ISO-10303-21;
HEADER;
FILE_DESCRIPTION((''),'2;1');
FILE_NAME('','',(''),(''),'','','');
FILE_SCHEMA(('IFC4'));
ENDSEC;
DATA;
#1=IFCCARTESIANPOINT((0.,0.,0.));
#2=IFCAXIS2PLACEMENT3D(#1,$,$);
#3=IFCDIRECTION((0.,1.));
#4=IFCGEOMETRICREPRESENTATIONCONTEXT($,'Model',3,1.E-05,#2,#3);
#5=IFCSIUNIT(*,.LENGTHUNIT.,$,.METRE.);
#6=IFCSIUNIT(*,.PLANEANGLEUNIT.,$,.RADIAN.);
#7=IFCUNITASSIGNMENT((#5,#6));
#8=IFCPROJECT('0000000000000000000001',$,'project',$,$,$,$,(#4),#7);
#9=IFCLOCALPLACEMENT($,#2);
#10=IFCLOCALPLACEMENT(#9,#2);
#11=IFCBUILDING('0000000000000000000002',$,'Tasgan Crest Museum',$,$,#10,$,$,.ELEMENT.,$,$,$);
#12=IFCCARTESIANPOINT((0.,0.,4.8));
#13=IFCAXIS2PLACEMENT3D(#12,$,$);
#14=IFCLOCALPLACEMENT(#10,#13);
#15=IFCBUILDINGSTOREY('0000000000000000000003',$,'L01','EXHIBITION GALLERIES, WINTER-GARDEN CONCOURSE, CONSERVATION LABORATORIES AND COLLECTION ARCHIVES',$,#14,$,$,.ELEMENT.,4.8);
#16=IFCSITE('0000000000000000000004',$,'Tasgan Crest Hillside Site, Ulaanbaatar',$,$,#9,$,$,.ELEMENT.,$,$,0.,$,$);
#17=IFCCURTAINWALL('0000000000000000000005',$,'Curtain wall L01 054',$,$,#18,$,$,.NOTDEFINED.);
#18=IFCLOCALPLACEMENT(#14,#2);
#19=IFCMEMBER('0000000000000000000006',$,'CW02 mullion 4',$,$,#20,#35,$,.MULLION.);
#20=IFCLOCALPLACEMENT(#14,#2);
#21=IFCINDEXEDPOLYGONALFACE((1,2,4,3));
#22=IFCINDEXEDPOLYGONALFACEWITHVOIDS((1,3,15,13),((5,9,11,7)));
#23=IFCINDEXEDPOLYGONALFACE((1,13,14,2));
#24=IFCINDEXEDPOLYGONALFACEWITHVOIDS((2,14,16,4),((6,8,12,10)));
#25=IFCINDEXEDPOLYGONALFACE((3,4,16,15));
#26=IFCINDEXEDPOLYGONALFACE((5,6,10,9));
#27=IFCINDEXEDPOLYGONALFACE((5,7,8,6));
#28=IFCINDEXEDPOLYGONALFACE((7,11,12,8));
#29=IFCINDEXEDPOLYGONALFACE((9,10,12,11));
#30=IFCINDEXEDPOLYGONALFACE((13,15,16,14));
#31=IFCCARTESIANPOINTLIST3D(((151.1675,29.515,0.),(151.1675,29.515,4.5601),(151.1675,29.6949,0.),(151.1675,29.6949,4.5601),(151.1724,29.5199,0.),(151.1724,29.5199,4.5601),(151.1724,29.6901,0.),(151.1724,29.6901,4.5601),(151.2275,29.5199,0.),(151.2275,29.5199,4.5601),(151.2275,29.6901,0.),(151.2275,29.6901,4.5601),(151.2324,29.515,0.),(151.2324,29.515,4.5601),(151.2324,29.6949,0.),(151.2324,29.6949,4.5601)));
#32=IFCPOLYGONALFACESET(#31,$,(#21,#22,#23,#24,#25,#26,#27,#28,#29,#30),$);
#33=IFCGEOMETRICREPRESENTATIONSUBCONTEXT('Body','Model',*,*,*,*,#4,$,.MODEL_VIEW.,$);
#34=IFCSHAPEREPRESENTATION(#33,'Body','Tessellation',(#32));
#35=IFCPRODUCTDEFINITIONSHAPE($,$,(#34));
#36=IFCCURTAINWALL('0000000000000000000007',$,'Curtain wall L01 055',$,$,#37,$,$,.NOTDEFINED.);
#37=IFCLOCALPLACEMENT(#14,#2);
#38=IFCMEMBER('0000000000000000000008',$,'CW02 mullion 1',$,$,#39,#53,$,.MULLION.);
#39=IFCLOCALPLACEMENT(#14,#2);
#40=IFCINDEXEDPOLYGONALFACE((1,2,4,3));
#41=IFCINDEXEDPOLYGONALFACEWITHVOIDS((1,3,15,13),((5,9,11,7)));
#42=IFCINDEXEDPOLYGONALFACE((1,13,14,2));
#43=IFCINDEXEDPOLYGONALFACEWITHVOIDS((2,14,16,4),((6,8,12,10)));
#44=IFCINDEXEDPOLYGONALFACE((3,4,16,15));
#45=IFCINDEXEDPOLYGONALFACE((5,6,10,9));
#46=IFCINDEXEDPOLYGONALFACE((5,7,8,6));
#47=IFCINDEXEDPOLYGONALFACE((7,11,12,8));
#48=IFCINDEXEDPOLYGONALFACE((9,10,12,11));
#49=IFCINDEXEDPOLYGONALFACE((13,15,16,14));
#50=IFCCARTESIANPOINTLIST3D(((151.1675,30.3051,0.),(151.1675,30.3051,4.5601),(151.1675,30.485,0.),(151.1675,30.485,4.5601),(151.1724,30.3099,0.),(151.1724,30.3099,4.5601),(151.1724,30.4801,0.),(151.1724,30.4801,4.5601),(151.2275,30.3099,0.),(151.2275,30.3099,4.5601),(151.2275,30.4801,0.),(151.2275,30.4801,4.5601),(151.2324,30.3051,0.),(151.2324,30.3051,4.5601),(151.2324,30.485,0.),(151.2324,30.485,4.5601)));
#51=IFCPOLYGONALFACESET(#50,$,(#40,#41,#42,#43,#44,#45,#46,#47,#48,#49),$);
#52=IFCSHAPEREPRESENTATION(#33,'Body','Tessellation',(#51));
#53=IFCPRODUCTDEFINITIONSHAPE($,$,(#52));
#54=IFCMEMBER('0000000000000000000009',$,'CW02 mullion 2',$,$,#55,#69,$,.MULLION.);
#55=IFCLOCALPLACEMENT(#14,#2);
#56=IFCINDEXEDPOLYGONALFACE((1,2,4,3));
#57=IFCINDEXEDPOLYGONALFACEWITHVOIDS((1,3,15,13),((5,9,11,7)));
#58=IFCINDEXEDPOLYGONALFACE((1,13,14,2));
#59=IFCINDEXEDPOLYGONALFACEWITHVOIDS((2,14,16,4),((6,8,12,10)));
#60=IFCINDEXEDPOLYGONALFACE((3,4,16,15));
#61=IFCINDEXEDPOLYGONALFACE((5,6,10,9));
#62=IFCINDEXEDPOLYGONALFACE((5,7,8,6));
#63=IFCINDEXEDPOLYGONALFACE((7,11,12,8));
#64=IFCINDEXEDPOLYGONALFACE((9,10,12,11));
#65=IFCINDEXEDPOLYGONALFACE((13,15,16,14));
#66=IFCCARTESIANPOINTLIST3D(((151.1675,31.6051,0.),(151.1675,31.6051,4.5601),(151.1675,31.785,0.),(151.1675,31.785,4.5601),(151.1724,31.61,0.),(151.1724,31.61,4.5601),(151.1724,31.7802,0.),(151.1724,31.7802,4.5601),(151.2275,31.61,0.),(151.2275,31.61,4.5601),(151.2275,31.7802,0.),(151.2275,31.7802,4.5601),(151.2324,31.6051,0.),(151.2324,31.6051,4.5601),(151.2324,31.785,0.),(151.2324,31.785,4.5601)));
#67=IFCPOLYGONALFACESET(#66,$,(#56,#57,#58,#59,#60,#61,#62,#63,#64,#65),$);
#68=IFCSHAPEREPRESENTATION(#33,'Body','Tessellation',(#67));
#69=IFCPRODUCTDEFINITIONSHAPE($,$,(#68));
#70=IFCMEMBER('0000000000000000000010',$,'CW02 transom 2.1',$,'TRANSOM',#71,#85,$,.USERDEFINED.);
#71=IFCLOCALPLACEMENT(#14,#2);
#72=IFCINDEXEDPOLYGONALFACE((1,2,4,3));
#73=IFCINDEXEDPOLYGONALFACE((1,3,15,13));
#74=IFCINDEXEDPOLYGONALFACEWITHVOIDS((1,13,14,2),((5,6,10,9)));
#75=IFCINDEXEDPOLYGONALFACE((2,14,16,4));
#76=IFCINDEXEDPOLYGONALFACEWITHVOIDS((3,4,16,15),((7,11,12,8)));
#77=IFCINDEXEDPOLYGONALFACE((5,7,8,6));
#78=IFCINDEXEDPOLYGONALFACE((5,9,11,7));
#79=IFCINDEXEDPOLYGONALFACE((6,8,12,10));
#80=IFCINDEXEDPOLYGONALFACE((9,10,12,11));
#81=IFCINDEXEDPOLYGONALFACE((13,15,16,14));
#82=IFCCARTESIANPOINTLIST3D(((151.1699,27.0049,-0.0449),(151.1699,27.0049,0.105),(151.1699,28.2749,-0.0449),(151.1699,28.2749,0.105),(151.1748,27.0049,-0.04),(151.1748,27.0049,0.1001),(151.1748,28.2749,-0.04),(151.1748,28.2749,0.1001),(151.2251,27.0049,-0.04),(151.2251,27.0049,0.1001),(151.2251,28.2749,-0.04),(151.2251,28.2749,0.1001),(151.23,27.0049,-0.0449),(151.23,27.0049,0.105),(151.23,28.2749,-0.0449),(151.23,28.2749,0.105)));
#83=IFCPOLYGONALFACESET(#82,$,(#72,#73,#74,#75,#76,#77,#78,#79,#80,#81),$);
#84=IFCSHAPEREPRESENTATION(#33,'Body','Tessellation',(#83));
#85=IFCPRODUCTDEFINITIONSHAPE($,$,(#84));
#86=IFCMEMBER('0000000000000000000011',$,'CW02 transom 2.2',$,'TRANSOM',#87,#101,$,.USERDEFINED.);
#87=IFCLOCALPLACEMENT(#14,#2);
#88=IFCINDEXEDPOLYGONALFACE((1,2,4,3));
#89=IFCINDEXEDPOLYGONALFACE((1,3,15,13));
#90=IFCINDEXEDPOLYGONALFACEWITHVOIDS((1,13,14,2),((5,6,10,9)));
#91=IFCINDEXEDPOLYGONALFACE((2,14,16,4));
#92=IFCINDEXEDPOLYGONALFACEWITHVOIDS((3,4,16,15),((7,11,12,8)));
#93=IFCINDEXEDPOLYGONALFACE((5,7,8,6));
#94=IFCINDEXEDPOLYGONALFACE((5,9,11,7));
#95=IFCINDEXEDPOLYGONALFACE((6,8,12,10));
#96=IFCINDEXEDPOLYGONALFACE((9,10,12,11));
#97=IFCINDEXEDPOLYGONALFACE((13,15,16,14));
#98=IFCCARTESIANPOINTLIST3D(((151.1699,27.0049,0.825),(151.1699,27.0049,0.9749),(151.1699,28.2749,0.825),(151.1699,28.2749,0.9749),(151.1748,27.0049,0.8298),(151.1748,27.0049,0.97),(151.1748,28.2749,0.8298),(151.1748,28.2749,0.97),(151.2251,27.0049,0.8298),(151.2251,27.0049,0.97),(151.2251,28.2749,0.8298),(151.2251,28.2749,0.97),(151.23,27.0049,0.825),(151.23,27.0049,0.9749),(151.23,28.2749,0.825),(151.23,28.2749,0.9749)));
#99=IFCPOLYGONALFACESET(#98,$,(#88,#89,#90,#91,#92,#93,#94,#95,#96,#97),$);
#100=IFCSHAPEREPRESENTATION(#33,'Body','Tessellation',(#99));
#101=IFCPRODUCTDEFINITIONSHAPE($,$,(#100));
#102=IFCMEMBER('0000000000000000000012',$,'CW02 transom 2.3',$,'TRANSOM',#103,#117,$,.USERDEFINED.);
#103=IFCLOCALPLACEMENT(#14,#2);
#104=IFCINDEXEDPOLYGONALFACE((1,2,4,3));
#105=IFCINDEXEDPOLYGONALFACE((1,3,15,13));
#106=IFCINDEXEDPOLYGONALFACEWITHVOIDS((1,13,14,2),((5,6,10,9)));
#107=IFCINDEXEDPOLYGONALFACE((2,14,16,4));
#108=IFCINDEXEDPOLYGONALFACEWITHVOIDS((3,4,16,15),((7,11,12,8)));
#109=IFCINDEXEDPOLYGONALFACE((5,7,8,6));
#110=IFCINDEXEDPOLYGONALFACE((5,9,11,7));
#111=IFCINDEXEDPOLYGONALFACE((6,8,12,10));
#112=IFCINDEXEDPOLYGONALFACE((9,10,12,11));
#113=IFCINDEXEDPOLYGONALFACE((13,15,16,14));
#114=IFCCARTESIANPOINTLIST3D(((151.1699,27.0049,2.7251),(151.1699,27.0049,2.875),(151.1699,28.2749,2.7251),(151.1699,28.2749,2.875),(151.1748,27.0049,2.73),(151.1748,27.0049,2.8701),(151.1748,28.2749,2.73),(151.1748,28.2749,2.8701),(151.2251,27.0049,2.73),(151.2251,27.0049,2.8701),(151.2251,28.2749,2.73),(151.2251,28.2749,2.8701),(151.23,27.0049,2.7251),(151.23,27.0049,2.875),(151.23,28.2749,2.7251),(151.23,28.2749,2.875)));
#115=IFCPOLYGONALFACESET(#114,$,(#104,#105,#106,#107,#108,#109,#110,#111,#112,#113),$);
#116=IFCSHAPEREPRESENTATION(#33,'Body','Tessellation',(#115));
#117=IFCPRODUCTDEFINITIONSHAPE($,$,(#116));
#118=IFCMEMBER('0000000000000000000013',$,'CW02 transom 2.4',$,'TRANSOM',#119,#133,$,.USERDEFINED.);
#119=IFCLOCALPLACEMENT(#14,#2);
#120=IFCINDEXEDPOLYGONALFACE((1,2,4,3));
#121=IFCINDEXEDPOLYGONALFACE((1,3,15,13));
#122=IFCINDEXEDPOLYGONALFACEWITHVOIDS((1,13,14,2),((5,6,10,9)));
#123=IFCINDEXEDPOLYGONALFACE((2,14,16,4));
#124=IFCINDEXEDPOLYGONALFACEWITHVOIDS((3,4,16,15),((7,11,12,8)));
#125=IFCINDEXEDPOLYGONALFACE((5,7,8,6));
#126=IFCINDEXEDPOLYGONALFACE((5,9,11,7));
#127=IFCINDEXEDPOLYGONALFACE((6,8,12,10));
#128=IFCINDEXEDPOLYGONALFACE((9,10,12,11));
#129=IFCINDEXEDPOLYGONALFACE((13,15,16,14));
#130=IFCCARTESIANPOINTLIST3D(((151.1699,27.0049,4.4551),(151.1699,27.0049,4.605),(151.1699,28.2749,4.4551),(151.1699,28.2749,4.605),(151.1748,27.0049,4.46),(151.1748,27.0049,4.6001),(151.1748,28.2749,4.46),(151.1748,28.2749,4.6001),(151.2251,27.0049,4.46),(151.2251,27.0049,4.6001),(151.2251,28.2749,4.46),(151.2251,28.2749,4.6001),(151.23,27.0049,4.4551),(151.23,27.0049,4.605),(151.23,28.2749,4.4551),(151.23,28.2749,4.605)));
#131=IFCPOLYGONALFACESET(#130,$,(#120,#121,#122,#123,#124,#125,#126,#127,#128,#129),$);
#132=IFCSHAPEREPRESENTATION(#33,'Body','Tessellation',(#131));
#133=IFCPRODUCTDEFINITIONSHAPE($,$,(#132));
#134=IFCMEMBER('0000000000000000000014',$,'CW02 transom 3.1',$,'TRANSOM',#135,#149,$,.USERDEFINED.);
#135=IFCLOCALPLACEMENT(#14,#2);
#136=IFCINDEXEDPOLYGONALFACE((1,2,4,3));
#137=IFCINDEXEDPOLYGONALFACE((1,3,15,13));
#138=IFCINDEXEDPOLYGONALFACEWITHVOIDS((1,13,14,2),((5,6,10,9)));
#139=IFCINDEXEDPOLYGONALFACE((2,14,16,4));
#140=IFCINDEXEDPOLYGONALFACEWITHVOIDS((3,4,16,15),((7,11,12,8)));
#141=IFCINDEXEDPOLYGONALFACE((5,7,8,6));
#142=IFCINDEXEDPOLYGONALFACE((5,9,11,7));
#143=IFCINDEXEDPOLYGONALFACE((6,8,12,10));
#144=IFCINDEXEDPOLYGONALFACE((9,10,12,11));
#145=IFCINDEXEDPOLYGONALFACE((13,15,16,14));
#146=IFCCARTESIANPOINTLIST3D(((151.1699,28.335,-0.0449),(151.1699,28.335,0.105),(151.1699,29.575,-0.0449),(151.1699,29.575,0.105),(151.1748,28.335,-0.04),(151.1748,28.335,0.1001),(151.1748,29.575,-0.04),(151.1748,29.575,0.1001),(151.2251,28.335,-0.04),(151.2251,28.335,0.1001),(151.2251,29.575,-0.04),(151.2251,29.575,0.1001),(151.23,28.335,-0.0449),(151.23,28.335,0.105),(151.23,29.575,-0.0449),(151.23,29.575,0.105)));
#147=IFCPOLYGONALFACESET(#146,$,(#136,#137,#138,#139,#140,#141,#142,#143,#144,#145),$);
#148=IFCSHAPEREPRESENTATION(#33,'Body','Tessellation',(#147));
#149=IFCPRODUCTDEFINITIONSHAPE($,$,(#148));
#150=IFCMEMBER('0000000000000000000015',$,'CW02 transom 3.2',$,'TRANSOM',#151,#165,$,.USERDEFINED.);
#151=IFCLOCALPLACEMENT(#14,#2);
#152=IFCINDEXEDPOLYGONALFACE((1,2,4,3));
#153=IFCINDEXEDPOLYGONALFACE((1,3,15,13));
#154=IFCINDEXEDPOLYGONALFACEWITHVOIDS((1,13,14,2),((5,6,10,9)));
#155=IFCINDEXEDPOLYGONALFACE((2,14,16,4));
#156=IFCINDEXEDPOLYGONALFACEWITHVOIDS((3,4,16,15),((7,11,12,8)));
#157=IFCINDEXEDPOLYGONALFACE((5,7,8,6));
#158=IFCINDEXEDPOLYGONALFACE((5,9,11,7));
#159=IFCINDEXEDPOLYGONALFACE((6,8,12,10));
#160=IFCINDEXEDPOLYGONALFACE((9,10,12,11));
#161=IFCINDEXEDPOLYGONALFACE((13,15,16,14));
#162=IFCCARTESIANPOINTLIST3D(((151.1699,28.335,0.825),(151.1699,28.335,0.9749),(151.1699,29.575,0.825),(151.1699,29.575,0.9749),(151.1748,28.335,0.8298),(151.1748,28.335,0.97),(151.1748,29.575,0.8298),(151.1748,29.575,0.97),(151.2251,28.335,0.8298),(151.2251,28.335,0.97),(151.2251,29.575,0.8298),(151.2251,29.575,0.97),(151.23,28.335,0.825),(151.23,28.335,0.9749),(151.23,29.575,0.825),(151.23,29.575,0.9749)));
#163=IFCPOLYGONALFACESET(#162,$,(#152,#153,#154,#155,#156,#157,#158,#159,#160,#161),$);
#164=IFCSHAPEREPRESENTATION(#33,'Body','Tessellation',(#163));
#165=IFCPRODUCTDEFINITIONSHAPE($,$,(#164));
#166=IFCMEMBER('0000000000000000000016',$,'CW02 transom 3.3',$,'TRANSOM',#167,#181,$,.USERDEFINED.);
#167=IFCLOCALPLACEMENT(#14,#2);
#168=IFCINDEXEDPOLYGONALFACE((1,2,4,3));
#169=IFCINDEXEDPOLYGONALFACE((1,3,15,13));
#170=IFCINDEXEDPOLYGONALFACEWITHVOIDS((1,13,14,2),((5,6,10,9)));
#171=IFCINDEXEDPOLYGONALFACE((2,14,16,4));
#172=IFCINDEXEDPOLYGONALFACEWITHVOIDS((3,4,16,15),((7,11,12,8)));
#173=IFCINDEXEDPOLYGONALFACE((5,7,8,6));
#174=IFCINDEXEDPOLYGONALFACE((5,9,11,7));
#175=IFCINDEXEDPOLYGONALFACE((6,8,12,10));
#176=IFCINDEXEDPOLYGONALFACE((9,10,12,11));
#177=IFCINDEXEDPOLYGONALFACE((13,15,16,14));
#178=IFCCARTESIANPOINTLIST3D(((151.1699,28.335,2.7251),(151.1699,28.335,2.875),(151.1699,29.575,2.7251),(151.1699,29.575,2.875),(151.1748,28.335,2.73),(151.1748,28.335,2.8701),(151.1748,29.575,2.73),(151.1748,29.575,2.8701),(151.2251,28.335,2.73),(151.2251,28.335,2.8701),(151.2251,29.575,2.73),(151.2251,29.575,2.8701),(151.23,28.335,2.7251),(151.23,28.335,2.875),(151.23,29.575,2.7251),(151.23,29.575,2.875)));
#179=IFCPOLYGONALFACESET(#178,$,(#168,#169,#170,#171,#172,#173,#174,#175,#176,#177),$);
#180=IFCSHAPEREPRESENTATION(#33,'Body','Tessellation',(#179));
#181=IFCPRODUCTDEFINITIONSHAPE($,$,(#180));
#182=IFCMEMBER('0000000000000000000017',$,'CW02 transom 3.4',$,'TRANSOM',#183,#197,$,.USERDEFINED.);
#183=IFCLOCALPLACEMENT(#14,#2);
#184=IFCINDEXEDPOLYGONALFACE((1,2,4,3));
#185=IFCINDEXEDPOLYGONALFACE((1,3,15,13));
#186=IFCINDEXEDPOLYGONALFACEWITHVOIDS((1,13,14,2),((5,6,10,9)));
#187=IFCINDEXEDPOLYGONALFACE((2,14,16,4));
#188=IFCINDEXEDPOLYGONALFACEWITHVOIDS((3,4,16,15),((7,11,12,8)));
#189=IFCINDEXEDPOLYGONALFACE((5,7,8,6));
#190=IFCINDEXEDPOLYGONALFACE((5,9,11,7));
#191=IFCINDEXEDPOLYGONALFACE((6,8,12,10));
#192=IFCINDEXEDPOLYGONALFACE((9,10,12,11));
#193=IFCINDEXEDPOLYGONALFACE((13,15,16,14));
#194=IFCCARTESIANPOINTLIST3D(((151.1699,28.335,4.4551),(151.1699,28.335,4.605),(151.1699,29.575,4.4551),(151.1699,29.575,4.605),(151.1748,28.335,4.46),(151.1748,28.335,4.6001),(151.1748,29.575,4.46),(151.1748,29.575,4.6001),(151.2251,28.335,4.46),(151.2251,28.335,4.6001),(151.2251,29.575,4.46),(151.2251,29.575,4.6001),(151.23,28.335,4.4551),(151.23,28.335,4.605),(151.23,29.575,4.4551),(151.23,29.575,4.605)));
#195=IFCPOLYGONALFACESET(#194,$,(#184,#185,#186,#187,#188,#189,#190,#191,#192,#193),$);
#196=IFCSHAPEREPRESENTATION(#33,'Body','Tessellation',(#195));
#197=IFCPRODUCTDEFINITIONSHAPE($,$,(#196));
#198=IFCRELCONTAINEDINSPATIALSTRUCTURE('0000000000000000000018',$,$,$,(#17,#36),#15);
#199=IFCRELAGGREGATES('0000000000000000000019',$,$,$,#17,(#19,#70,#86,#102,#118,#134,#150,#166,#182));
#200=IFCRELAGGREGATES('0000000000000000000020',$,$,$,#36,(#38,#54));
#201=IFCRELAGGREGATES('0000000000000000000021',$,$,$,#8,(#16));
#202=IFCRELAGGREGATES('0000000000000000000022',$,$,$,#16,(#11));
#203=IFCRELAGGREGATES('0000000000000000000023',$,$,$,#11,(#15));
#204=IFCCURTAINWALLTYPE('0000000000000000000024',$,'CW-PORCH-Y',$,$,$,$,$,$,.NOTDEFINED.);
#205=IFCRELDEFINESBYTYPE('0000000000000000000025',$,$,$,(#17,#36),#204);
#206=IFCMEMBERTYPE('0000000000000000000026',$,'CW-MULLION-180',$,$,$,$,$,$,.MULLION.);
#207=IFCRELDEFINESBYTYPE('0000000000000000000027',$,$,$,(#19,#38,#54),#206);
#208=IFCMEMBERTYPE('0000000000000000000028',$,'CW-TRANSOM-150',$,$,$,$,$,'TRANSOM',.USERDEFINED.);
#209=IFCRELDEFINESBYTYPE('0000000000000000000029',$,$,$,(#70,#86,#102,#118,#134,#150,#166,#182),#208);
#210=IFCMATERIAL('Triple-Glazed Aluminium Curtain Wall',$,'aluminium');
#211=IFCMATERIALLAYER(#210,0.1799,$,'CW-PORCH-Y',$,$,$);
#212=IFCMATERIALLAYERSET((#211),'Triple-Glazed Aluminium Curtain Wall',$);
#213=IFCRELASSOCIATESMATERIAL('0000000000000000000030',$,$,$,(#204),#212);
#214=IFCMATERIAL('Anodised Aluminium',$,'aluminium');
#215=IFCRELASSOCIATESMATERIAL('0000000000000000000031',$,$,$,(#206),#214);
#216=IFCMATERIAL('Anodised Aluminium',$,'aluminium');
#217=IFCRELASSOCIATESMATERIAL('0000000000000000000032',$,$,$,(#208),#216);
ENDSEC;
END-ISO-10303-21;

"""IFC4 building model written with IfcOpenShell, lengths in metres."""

from ifc_helpers import new_model, si_unit, direction, frame, origin, origin_2d, place, context, subcontext, project, spatial, hollow_rectangle, extrude, material, layer, layer_set, material_profile, profile_set, type_object, element, aggregate, save


model = new_model("IFC4")

# Units and contexts
model_context = context("Model", 3, precision=1e-05, world=origin(), true_north=direction((0.0, 1.0)))
body_context = subcontext(model_context, "Body", "Model", "MODEL_VIEW")
ifc_project = project(units=[si_unit("LENGTHUNIT", "METRE"), si_unit("PLANEANGLEUNIT", "RADIAN")], contexts=[model_context])

# Site, building, storey
site_placement = place(None, origin())
site = spatial("IfcSite", under=ifc_project, at=site_placement, Name="Tasgan Crest Hillside Site, Ulaanbaatar", CompositionType="ELEMENT", RefElevation=0.0)
building_placement = place(site_placement, origin())
building = spatial("IfcBuilding", under=site, at=building_placement, Name="Tasgan Crest Museum", CompositionType="ELEMENT")
storey_placement = place(building_placement, frame((0.0, 0.0, 4.8)))
storey = spatial("IfcBuildingStorey", under=building, at=storey_placement, Name="L01", Description="EXHIBITION GALLERIES, WINTER-GARDEN CONCOURSE, CONSERVATION LABORATORIES AND COLLECTION ARCHIVES", CompositionType="ELEMENT", Elevation=4.8)

# Curtain walls, members
ifc_material_1 = material(Name="Triple-Glazed Aluminium Curtain Wall", Category="aluminium")
ifc_layer_1 = layer(ifc_material_1, 0.1799, Name="CW-PORCH-Y")
ifc_layer_set_1 = layer_set([ifc_layer_1], Name="Triple-Glazed Aluminium Curtain Wall")
curtain_wall_type = type_object("IfcCurtainWallType", Name="CW-PORCH-Y", PredefinedType="NOTDEFINED", material=ifc_layer_set_1)
curtain_wall_1_placement = place(storey_placement, origin())
curtain_wall_1 = element("IfcCurtainWall", 1, at=curtain_wall_1_placement, inside=storey, type_object=curtain_wall_type, Name="Curtain wall L01 054", PredefinedType="NOTDEFINED")
ifc_material_2 = material(Name="Anodised Aluminium", Category="aluminium")
ifc_material_profile_1 = material_profile(ifc_material_2, hollow_rectangle(XDim=0.0649, YDim=0.1799, WallThickness=0.0049, at=origin_2d()), Name="ALU MULLION 180x65x5")
ifc_profile_set_1 = profile_set([ifc_material_profile_1], Name="Anodised Aluminium")
member_type_1 = type_object("IfcMemberType", Name="CW-MULLION-180", PredefinedType="MULLION", material=ifc_profile_set_1)
member_1_placement = place(storey_placement, frame((151.2, 29.605, 0.0), z_axis=(0.0, 0.0, 1.0), x_axis=(-1.0, 0.0, 0.0)))
member_1 = element("IfcMember", 2, at=member_1_placement, type_object=member_type_1, Name="CW02 mullion 4", PredefinedType="MULLION", context=body_context, shape_type="SweptSolid", body=[
    extrude(hollow_rectangle(XDim=0.0649, YDim=0.1799, WallThickness=0.0049, at=origin_2d()), origin(), (0.0, 0.0, 1.0), 4.5601),
])
curtain_wall_2_placement = place(storey_placement, origin())
curtain_wall_2 = element("IfcCurtainWall", 3, at=curtain_wall_2_placement, inside=storey, type_object=curtain_wall_type, Name="Curtain wall L01 055", PredefinedType="NOTDEFINED")
member_2_placement = place(storey_placement, frame((151.2, 30.395, 0.0), z_axis=(0.0, 0.0, 1.0), x_axis=(-1.0, 0.0, 0.0)))
member_2 = element("IfcMember", 4, at=member_2_placement, type_object=member_type_1, Name="CW02 mullion 1", PredefinedType="MULLION", context=body_context, shape_type="SweptSolid", body=[
    extrude(hollow_rectangle(XDim=0.0649, YDim=0.1799, WallThickness=0.0049, at=origin_2d()), origin(), (0.0, 0.0, 1.0), 4.5601),
])
member_3_placement = place(storey_placement, frame((151.2, 31.6951, 0.0), z_axis=(0.0, 0.0, 1.0), x_axis=(-1.0, 0.0, 0.0)))
member_3 = element("IfcMember", 5, at=member_3_placement, type_object=member_type_1, Name="CW02 mullion 2", PredefinedType="MULLION", context=body_context, shape_type="SweptSolid", body=[
    extrude(hollow_rectangle(XDim=0.0649, YDim=0.1799, WallThickness=0.0049, at=origin_2d()), origin(), (0.0, 0.0, 1.0), 4.5601),
])

# Members
ifc_material_3 = material(Name="Anodised Aluminium", Category="aluminium")
ifc_material_profile_2 = material_profile(ifc_material_3, hollow_rectangle(XDim=0.0601, YDim=0.1499, WallThickness=0.0049, at=origin_2d()), Name="ALU TRANSOM 150x60x5")
ifc_profile_set_2 = profile_set([ifc_material_profile_2], Name="Anodised Aluminium")
member_type_2 = type_object("IfcMemberType", Name="CW-TRANSOM-150", ElementType="TRANSOM", PredefinedType="USERDEFINED", material=ifc_profile_set_2)
member_4_placement = place(storey_placement, frame((151.2, 27.0049, 0.03), z_axis=(0.0, 1.0, 0.0), x_axis=(-1.0, 0.0, 0.0)))
member_4 = element("IfcMember", 6, at=member_4_placement, type_object=member_type_2, Name="CW02 transom 2.1", ObjectType="TRANSOM", PredefinedType="USERDEFINED", context=body_context, shape_type="SweptSolid", body=[
    extrude(hollow_rectangle(XDim=0.0601, YDim=0.1499, WallThickness=0.0049, at=origin_2d()), origin(), (0.0, 0.0, 1.0), 1.27),
])
member_5_placement = place(storey_placement, frame((151.2, 27.0049, 0.8999), z_axis=(0.0, 1.0, 0.0), x_axis=(-1.0, 0.0, 0.0)))
member_5 = element("IfcMember", 7, at=member_5_placement, type_object=member_type_2, Name="CW02 transom 2.2", ObjectType="TRANSOM", PredefinedType="USERDEFINED", context=body_context, shape_type="SweptSolid", body=[
    extrude(hollow_rectangle(XDim=0.0601, YDim=0.1499, WallThickness=0.0049, at=origin_2d()), origin(), (0.0, 0.0, 1.0), 1.27),
])
member_6_placement = place(storey_placement, frame((151.2, 27.0049, 2.8), z_axis=(0.0, 1.0, 0.0), x_axis=(-1.0, 0.0, 0.0)))
member_6 = element("IfcMember", 8, at=member_6_placement, type_object=member_type_2, Name="CW02 transom 2.3", ObjectType="TRANSOM", PredefinedType="USERDEFINED", context=body_context, shape_type="SweptSolid", body=[
    extrude(hollow_rectangle(XDim=0.0601, YDim=0.1499, WallThickness=0.0049, at=origin_2d()), origin(), (0.0, 0.0, 1.0), 1.27),
])
member_7_placement = place(storey_placement, frame((151.2, 27.0049, 4.53), z_axis=(0.0, 1.0, 0.0), x_axis=(-1.0, 0.0, 0.0)))
member_7 = element("IfcMember", 9, at=member_7_placement, type_object=member_type_2, Name="CW02 transom 2.4", ObjectType="TRANSOM", PredefinedType="USERDEFINED", context=body_context, shape_type="SweptSolid", body=[
    extrude(hollow_rectangle(XDim=0.0601, YDim=0.1499, WallThickness=0.0049, at=origin_2d()), origin(), (0.0, 0.0, 1.0), 1.27),
])
member_8_placement = place(storey_placement, frame((151.2, 28.335, 0.03), z_axis=(0.0, 1.0, 0.0), x_axis=(-1.0, 0.0, 0.0)))
member_8 = element("IfcMember", 10, at=member_8_placement, type_object=member_type_2, Name="CW02 transom 3.1", ObjectType="TRANSOM", PredefinedType="USERDEFINED", context=body_context, shape_type="SweptSolid", body=[
    extrude(hollow_rectangle(XDim=0.0601, YDim=0.1499, WallThickness=0.0049, at=origin_2d()), origin(), (0.0, 0.0, 1.0), 1.24),
])
member_9_placement = place(storey_placement, frame((151.2, 28.335, 0.8999), z_axis=(0.0, 1.0, 0.0), x_axis=(-1.0, 0.0, 0.0)))
member_9 = element("IfcMember", 11, at=member_9_placement, type_object=member_type_2, Name="CW02 transom 3.2", ObjectType="TRANSOM", PredefinedType="USERDEFINED", context=body_context, shape_type="SweptSolid", body=[
    extrude(hollow_rectangle(XDim=0.0601, YDim=0.1499, WallThickness=0.0049, at=origin_2d()), origin(), (0.0, 0.0, 1.0), 1.24),
])
member_10_placement = place(storey_placement, frame((151.2, 28.335, 2.8), z_axis=(0.0, 1.0, 0.0), x_axis=(-1.0, 0.0, 0.0)))
member_10 = element("IfcMember", 12, at=member_10_placement, type_object=member_type_2, Name="CW02 transom 3.3", ObjectType="TRANSOM", PredefinedType="USERDEFINED", context=body_context, shape_type="SweptSolid", body=[
    extrude(hollow_rectangle(XDim=0.0601, YDim=0.1499, WallThickness=0.0049, at=origin_2d()), origin(), (0.0, 0.0, 1.0), 1.24),
])
member_11_placement = place(storey_placement, frame((151.2, 28.335, 4.53), z_axis=(0.0, 1.0, 0.0), x_axis=(-1.0, 0.0, 0.0)))
member_11 = element("IfcMember", 13, at=member_11_placement, type_object=member_type_2, Name="CW02 transom 3.4", ObjectType="TRANSOM", PredefinedType="USERDEFINED", context=body_context, shape_type="SweptSolid", body=[
    extrude(hollow_rectangle(XDim=0.0601, YDim=0.1499, WallThickness=0.0049, at=origin_2d()), origin(), (0.0, 0.0, 1.0), 1.24),
])

aggregate(curtain_wall_1, [member_1, member_4, member_5, member_6, member_7, member_8, member_9, member_10, member_11])
aggregate(curtain_wall_2, [member_2, member_3])

save(model, "model.ifc")
